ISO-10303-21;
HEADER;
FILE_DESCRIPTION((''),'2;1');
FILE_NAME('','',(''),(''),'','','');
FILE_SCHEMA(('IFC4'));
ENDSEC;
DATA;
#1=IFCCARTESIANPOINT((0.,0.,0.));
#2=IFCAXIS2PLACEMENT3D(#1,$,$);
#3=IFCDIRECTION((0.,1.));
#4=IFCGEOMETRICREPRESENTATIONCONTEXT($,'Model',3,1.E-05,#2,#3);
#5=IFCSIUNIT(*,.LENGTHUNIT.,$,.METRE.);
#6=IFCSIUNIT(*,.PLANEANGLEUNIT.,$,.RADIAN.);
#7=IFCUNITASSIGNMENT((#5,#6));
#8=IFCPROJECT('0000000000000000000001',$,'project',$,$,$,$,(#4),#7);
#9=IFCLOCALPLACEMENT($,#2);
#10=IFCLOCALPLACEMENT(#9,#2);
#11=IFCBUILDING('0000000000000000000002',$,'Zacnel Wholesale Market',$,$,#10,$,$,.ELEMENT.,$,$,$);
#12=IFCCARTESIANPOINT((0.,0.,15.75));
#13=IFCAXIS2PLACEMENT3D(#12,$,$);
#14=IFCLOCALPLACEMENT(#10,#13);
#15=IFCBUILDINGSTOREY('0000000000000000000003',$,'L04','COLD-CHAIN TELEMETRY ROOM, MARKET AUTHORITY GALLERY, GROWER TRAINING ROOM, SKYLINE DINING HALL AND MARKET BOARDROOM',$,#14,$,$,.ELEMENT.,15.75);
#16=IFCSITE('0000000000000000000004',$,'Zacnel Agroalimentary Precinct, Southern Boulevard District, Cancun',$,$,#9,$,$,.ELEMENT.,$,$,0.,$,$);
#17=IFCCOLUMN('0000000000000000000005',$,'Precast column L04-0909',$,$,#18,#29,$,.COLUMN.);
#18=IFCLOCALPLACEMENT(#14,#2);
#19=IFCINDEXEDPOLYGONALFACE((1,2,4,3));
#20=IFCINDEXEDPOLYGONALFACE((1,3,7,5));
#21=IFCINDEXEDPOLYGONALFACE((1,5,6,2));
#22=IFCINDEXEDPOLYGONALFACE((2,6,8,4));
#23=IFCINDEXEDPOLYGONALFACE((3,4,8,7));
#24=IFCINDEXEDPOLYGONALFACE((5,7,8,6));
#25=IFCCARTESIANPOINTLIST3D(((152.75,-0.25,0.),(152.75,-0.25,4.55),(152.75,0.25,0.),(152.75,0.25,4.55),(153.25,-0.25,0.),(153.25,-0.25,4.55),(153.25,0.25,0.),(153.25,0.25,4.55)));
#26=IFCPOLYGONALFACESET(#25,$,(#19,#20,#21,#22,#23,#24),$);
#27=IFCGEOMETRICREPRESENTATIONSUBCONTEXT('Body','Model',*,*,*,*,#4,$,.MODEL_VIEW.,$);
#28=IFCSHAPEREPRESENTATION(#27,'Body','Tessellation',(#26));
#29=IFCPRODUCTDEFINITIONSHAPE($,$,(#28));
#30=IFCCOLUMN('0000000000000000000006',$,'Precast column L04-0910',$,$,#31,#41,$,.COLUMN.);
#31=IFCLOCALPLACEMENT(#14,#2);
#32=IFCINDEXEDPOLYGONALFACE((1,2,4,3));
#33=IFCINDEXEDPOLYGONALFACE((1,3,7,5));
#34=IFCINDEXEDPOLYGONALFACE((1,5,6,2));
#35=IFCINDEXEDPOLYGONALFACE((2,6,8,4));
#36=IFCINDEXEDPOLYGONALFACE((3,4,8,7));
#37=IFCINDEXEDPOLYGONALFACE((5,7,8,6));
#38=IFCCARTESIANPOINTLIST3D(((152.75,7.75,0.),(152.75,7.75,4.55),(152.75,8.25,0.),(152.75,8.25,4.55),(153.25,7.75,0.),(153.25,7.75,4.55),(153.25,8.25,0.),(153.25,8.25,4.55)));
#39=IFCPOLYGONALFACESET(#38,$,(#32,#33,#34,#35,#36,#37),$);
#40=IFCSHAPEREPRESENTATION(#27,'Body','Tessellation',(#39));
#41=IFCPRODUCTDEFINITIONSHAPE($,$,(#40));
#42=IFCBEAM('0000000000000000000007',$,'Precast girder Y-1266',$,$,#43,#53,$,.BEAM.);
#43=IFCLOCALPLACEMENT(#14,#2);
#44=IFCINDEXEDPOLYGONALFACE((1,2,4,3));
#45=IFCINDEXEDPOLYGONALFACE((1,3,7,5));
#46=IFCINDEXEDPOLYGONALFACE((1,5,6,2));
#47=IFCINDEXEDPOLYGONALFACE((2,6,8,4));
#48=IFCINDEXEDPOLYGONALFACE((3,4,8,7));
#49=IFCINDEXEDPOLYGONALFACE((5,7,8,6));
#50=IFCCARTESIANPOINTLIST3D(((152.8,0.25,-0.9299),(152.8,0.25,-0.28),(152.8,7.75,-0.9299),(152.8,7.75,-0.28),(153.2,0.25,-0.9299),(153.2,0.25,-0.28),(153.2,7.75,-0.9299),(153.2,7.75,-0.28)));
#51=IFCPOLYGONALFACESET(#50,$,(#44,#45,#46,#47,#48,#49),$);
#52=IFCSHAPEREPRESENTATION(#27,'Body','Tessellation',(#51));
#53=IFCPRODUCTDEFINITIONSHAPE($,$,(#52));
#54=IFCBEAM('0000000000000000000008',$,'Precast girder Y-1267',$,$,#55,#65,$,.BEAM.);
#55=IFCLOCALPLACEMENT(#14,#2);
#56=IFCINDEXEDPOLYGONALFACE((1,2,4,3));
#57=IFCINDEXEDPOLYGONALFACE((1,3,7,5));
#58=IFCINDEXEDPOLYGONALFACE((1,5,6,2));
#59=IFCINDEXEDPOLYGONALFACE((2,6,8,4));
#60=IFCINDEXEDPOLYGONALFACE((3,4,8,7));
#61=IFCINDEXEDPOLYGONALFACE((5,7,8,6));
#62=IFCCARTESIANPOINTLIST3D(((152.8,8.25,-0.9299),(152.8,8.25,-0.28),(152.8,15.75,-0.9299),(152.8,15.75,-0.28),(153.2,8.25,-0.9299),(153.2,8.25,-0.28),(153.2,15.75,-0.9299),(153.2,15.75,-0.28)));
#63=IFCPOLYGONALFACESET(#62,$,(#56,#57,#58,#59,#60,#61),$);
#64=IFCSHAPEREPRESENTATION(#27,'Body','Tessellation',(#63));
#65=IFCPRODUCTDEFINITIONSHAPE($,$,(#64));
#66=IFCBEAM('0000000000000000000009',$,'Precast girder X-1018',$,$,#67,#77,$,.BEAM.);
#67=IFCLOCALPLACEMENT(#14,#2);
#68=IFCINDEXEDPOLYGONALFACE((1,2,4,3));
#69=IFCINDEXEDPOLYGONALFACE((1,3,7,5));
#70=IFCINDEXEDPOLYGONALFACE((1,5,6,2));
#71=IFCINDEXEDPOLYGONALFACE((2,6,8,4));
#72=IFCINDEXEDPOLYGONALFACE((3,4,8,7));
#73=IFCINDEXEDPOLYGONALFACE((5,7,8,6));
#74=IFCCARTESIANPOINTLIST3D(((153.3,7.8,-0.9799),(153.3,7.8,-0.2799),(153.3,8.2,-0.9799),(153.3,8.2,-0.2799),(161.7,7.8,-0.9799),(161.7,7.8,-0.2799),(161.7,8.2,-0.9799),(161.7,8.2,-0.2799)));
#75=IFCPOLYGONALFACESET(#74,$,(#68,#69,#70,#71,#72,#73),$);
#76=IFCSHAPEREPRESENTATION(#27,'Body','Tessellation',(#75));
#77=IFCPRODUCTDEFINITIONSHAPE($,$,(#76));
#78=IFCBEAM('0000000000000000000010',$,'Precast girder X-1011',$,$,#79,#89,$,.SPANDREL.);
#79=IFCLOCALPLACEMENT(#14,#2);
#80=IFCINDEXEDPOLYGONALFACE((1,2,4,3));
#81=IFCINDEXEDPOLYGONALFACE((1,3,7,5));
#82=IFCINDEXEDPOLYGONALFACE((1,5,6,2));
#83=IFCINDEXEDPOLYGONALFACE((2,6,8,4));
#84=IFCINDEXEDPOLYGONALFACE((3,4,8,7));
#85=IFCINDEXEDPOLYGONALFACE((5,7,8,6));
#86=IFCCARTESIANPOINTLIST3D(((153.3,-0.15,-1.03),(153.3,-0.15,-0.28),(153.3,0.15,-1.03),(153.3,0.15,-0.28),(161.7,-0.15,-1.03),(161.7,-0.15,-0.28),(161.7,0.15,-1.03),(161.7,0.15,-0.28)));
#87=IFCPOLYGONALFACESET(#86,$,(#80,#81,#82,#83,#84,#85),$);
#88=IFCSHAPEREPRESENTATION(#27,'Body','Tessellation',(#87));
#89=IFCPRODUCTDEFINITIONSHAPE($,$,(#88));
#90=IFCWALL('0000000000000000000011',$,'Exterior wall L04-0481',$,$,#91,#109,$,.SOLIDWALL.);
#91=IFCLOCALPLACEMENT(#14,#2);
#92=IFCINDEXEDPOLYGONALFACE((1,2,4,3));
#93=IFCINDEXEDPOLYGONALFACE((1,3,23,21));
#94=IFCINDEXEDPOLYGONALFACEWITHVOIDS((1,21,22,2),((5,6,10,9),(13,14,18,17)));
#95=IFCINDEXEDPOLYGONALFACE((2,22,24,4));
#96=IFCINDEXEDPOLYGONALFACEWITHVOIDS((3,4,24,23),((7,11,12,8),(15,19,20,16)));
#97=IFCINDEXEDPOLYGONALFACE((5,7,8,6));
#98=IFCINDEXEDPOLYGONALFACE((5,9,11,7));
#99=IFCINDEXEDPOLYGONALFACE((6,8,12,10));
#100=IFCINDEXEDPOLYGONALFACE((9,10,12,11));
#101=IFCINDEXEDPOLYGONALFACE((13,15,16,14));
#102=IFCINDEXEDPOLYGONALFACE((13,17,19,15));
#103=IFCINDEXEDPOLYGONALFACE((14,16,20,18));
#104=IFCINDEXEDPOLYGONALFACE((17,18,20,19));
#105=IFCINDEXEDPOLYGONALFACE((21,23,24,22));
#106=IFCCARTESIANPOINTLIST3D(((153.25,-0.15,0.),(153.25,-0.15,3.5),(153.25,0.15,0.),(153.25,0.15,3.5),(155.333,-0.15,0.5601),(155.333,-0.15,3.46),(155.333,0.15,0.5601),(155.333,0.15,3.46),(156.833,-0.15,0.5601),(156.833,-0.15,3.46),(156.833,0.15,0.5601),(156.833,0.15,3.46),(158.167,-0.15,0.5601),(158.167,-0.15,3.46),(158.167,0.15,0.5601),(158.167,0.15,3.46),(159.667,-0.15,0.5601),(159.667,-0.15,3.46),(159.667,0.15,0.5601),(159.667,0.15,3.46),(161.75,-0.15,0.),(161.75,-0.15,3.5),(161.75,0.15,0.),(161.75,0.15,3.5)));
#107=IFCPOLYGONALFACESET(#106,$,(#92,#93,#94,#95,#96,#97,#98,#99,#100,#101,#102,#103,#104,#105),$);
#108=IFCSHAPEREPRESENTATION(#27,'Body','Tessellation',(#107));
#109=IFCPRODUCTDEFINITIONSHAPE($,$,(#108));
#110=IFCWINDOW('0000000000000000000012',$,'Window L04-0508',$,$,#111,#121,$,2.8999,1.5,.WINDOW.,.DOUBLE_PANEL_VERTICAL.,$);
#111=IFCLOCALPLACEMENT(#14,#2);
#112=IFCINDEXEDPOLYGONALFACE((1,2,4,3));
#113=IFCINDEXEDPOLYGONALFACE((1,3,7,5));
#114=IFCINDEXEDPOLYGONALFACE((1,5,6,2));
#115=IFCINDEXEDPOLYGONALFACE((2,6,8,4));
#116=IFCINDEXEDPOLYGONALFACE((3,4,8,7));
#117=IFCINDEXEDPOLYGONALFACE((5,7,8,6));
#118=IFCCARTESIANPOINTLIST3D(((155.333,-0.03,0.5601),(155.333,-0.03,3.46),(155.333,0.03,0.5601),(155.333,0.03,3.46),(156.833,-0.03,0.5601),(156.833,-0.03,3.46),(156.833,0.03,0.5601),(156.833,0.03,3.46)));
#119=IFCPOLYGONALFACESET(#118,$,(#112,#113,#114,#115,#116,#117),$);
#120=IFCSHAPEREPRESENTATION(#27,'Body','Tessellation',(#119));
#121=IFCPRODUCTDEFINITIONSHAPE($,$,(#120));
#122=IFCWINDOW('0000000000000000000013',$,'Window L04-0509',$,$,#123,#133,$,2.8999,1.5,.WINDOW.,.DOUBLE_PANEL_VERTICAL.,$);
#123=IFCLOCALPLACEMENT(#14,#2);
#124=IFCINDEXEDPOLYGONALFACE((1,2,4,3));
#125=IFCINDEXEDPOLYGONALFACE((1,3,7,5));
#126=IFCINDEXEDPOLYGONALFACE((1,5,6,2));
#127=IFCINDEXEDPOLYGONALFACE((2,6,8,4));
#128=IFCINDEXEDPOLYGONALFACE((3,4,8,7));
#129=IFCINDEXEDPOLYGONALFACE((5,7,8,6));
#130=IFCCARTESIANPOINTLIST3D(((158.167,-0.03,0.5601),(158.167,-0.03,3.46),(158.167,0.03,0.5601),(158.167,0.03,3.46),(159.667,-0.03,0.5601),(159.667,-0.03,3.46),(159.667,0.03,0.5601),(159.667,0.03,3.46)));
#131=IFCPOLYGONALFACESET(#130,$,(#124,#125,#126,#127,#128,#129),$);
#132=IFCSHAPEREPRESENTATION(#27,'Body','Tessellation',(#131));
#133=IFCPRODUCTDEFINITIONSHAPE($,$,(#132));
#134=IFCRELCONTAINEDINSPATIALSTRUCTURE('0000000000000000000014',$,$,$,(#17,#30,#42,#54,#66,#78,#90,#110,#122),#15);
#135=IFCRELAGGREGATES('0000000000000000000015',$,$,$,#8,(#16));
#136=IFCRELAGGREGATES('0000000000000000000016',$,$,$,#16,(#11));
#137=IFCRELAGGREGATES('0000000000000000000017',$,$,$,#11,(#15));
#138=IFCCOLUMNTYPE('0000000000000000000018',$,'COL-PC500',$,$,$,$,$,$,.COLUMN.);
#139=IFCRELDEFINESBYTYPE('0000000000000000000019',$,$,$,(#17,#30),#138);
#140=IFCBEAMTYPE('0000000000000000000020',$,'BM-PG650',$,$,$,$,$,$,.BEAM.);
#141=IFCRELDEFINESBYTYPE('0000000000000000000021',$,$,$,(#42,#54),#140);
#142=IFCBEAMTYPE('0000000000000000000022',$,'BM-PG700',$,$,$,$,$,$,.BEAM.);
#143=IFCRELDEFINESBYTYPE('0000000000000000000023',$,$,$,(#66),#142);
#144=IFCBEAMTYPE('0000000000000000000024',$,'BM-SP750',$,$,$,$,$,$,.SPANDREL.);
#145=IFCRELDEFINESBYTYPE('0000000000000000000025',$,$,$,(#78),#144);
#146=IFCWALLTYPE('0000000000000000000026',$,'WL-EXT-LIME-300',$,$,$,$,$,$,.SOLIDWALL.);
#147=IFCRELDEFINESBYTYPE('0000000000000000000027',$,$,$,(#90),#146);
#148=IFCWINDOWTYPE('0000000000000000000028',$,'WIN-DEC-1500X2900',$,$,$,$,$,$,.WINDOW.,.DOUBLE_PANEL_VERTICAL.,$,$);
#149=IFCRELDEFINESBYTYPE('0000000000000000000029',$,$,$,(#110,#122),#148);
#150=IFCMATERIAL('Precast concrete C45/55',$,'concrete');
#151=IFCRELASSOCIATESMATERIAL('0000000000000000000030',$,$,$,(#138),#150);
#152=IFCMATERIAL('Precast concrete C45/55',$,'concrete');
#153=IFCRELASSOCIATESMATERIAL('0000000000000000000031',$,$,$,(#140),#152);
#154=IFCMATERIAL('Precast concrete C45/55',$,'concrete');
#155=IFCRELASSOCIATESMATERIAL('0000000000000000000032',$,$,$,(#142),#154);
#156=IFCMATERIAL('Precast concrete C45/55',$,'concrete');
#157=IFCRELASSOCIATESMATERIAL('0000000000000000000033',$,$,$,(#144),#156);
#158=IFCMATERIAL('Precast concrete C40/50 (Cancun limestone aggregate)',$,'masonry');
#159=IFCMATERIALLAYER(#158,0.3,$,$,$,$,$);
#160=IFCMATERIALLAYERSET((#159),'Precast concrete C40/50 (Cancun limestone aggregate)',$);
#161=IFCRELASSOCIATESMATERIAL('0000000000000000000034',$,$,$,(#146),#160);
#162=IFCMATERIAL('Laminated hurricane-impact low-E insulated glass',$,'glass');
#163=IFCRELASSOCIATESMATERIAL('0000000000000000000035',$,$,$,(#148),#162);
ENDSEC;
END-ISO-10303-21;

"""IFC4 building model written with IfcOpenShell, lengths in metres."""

from ifc_helpers import new_model, si_unit, direction, frame, frame_2d, origin, origin_2d, place, context, subcontext, project, spatial, rectangle, extrude, material, layer, layer_set, material_profile, profile_set, type_object, element, fill, save


model = new_model("IFC4")

# Units and contexts
model_context = context("Model", 3, precision=1e-05, world=origin(), true_north=direction((0.0, 1.0)))
body_context = subcontext(model_context, "Body", "Model", "MODEL_VIEW")
ifc_project = project(units=[si_unit("LENGTHUNIT", "METRE"), si_unit("PLANEANGLEUNIT", "RADIAN")], contexts=[model_context])

# Site, building, storey
site_placement = place(None, origin())
site = spatial("IfcSite", under=ifc_project, at=site_placement, Name="Zacnel Agroalimentary Precinct, Southern Boulevard District, Cancun", CompositionType="ELEMENT", RefElevation=0.0)
building_placement = place(site_placement, origin())
building = spatial("IfcBuilding", under=site, at=building_placement, Name="Zacnel Wholesale Market", CompositionType="ELEMENT")
storey_placement = place(building_placement, frame((0.0, 0.0, 15.75)))
storey = spatial("IfcBuildingStorey", under=building, at=storey_placement, Name="L04", Description="COLD-CHAIN TELEMETRY ROOM, MARKET AUTHORITY GALLERY, GROWER TRAINING ROOM, SKYLINE DINING HALL AND MARKET BOARDROOM", CompositionType="ELEMENT", Elevation=15.75)

# Columns
ifc_material_1 = material(Name="Precast concrete C45/55", Category="concrete")
ifc_material_profile_1 = material_profile(ifc_material_1, rectangle(XDim=0.5, YDim=0.5, at=origin_2d()), Name="PC 500x500")
ifc_profile_set_1 = profile_set([ifc_material_profile_1], Name="Precast concrete C45/55")
column_type = type_object("IfcColumnType", Name="COL-PC500", PredefinedType="COLUMN", material=ifc_profile_set_1)
for number, where, z_axis, x_axis, name in (
    (1, (153.0, 0.0, 0.0), (0.0, 0.0, 1.0), (1.0, 0.0, 0.0), "Precast column L04-0909"),
    (2, (153.0, 8.0, 0.0), (0.0, 0.0, 1.0), (1.0, 0.0, 0.0), "Precast column L04-0910"),
):
    element("IfcColumn", number, at=place(storey_placement, frame(where, z_axis=z_axis, x_axis=x_axis)), inside=storey, type_object=column_type, Name=name, PredefinedType="COLUMN", context=body_context, shape_type="SweptSolid", body=[
        extrude(rectangle(XDim=0.5, YDim=0.5, at=origin_2d()), origin(), (0.0, 0.0, 1.0), 4.55),
    ])

# Beams
ifc_material_2 = material(Name="Precast concrete C45/55", Category="concrete")
ifc_material_profile_2 = material_profile(ifc_material_2, rectangle(XDim=0.3999, YDim=0.6499, at=origin_2d()), Name="PG 400x650")
ifc_profile_set_2 = profile_set([ifc_material_profile_2], Name="Precast concrete C45/55")
beam_type_1 = type_object("IfcBeamType", Name="BM-PG650", PredefinedType="BEAM", material=ifc_profile_set_2)
for number, where, z_axis, x_axis, name in (
    (3, (153.0, 0.25, -0.605), (0.0, 1.0, 0.0), (-1.0, 0.0, 0.0), "Precast girder Y-1266"),
    (4, (153.0, 8.25, -0.605), (0.0, 1.0, 0.0), (-1.0, 0.0, 0.0), "Precast girder Y-1267"),
):
    element("IfcBeam", number, at=place(storey_placement, frame(where, z_axis=z_axis, x_axis=x_axis)), inside=storey, type_object=beam_type_1, Name=name, PredefinedType="BEAM", context=body_context, shape_type="SweptSolid", body=[
        extrude(rectangle(XDim=0.3999, YDim=0.6499, at=origin_2d()), origin(), (0.0, 0.0, 1.0), 7.5),
    ])
ifc_material_3 = material(Name="Precast concrete C45/55", Category="concrete")
ifc_material_profile_3 = material_profile(ifc_material_3, rectangle(XDim=0.3999, YDim=0.7, at=origin_2d()), Name="PG 400x700")
ifc_profile_set_3 = profile_set([ifc_material_profile_3], Name="Precast concrete C45/55")
beam_type_2 = type_object("IfcBeamType", Name="BM-PG700", PredefinedType="BEAM", material=ifc_profile_set_3)
beam_1_placement = place(storey_placement, frame((153.3, 8.0, -0.6299), z_axis=(1.0, 0.0, 0.0), x_axis=(0.0, 1.0, 0.0)))
element("IfcBeam", 5, at=beam_1_placement, inside=storey, type_object=beam_type_2, Name="Precast girder X-1018", PredefinedType="BEAM", context=body_context, shape_type="SweptSolid", body=[
    extrude(rectangle(XDim=0.3999, YDim=0.7, at=origin_2d()), origin(), (0.0, 0.0, 1.0), 8.3999),
])
ifc_material_4 = material(Name="Precast concrete C45/55", Category="concrete")
ifc_material_profile_4 = material_profile(ifc_material_4, rectangle(XDim=0.3, YDim=0.75, at=origin_2d()), Name="SP 300x750")
ifc_profile_set_4 = profile_set([ifc_material_profile_4], Name="Precast concrete C45/55")
beam_type_3 = type_object("IfcBeamType", Name="BM-SP750", PredefinedType="SPANDREL", material=ifc_profile_set_4)
beam_2_placement = place(storey_placement, frame((153.3, 0.0, -0.655), z_axis=(1.0, 0.0, 0.0), x_axis=(0.0, 1.0, 0.0)))
element("IfcBeam", 6, at=beam_2_placement, inside=storey, type_object=beam_type_3, Name="Precast girder X-1011", PredefinedType="SPANDREL", context=body_context, shape_type="SweptSolid", body=[
    extrude(rectangle(XDim=0.3, YDim=0.75, at=origin_2d()), origin(), (0.0, 0.0, 1.0), 8.3999),
])

# Wall, openings, windows
ifc_material_5 = material(Name="Precast concrete C40/50 (Cancun limestone aggregate)", Category="masonry")
ifc_layer_1 = layer(ifc_material_5, 0.3)
ifc_layer_set_1 = layer_set([ifc_layer_1], Name="Precast concrete C40/50 (Cancun limestone aggregate)")
wall_type = type_object("IfcWallType", Name="WL-EXT-LIME-300", PredefinedType="SOLIDWALL", material=ifc_layer_set_1)
wall_1_placement = place(storey_placement, frame((153.25, 0.0, 0.0), z_axis=(0.0, 0.0, 1.0), x_axis=(1.0, 0.0, 0.0)))
wall_1 = element("IfcWall", 7, at=wall_1_placement, inside=storey, type_object=wall_type, Name="Exterior wall L04-0481", PredefinedType="SOLIDWALL", context=body_context, shape_type="SweptSolid", body=[
    extrude(rectangle(XDim=8.5, YDim=0.3, at=frame_2d((4.25, 0.0))), origin(), (0.0, 0.0, 1.0), 3.5),
])
opening_1_placement = place(wall_1_placement, frame((2.083, 0.0, 0.5601)))
opening_1 = element("IfcOpeningElement", 8, at=opening_1_placement, cuts=wall_1, PredefinedType="OPENING", context=body_context, shape_type="SweptSolid", body=[
    extrude(rectangle(XDim=1.5, YDim=2.8999, at=frame_2d((0.75, 1.45))), frame((0.0, 0.1599, 0.0), z_axis=(0.0, -1.0, 0.0), x_axis=(1.0, 0.0, 0.0)), (0.0, 0.0, 1.0), 0.3201),
])
opening_2_placement = place(wall_1_placement, frame((4.917, 0.0, 0.5601)))
opening_2 = element("IfcOpeningElement", 9, at=opening_2_placement, cuts=wall_1, PredefinedType="OPENING", context=body_context, shape_type="SweptSolid", body=[
    extrude(rectangle(XDim=1.5, YDim=2.8999, at=frame_2d((0.75, 1.45))), frame((0.0, 0.1599, 0.0), z_axis=(0.0, -1.0, 0.0), x_axis=(1.0, 0.0, 0.0)), (0.0, 0.0, 1.0), 0.3201),
])
ifc_material_6 = material(Name="Laminated hurricane-impact low-E insulated glass", Category="glass")
window_type = type_object("IfcWindowType", Name="WIN-DEC-1500X2900", PartitioningType="DOUBLE_PANEL_VERTICAL", PredefinedType="WINDOW", material=ifc_material_6)
window_1_placement = place(opening_1_placement, origin())
window_1 = element("IfcWindow", 10, at=window_1_placement, inside=storey, type_object=window_type, Name="Window L04-0508", OverallHeight=2.8999, OverallWidth=1.5, PartitioningType="DOUBLE_PANEL_VERTICAL", PredefinedType="WINDOW", context=body_context, shape_type="SweptSolid", body=[
    extrude(rectangle(XDim=1.5, YDim=2.8999, at=frame_2d((0.75, 1.45))), frame((0.0, 0.03, 0.0), z_axis=(0.0, -1.0, 0.0), x_axis=(1.0, 0.0, 0.0)), (0.0, 0.0, 1.0), 0.0601),
])
fill(opening_1, window_1)
window_2_placement = place(opening_2_placement, origin())
window_2 = element("IfcWindow", 11, at=window_2_placement, inside=storey, type_object=window_type, Name="Window L04-0509", OverallHeight=2.8999, OverallWidth=1.5, PartitioningType="DOUBLE_PANEL_VERTICAL", PredefinedType="WINDOW", context=body_context, shape_type="SweptSolid", body=[
    extrude(rectangle(XDim=1.5, YDim=2.8999, at=frame_2d((0.75, 1.45))), frame((0.0, 0.03, 0.0), z_axis=(0.0, -1.0, 0.0), x_axis=(1.0, 0.0, 0.0)), (0.0, 0.0, 1.0), 0.0601),
])
fill(opening_2, window_2)

save(model, "model.ifc")
